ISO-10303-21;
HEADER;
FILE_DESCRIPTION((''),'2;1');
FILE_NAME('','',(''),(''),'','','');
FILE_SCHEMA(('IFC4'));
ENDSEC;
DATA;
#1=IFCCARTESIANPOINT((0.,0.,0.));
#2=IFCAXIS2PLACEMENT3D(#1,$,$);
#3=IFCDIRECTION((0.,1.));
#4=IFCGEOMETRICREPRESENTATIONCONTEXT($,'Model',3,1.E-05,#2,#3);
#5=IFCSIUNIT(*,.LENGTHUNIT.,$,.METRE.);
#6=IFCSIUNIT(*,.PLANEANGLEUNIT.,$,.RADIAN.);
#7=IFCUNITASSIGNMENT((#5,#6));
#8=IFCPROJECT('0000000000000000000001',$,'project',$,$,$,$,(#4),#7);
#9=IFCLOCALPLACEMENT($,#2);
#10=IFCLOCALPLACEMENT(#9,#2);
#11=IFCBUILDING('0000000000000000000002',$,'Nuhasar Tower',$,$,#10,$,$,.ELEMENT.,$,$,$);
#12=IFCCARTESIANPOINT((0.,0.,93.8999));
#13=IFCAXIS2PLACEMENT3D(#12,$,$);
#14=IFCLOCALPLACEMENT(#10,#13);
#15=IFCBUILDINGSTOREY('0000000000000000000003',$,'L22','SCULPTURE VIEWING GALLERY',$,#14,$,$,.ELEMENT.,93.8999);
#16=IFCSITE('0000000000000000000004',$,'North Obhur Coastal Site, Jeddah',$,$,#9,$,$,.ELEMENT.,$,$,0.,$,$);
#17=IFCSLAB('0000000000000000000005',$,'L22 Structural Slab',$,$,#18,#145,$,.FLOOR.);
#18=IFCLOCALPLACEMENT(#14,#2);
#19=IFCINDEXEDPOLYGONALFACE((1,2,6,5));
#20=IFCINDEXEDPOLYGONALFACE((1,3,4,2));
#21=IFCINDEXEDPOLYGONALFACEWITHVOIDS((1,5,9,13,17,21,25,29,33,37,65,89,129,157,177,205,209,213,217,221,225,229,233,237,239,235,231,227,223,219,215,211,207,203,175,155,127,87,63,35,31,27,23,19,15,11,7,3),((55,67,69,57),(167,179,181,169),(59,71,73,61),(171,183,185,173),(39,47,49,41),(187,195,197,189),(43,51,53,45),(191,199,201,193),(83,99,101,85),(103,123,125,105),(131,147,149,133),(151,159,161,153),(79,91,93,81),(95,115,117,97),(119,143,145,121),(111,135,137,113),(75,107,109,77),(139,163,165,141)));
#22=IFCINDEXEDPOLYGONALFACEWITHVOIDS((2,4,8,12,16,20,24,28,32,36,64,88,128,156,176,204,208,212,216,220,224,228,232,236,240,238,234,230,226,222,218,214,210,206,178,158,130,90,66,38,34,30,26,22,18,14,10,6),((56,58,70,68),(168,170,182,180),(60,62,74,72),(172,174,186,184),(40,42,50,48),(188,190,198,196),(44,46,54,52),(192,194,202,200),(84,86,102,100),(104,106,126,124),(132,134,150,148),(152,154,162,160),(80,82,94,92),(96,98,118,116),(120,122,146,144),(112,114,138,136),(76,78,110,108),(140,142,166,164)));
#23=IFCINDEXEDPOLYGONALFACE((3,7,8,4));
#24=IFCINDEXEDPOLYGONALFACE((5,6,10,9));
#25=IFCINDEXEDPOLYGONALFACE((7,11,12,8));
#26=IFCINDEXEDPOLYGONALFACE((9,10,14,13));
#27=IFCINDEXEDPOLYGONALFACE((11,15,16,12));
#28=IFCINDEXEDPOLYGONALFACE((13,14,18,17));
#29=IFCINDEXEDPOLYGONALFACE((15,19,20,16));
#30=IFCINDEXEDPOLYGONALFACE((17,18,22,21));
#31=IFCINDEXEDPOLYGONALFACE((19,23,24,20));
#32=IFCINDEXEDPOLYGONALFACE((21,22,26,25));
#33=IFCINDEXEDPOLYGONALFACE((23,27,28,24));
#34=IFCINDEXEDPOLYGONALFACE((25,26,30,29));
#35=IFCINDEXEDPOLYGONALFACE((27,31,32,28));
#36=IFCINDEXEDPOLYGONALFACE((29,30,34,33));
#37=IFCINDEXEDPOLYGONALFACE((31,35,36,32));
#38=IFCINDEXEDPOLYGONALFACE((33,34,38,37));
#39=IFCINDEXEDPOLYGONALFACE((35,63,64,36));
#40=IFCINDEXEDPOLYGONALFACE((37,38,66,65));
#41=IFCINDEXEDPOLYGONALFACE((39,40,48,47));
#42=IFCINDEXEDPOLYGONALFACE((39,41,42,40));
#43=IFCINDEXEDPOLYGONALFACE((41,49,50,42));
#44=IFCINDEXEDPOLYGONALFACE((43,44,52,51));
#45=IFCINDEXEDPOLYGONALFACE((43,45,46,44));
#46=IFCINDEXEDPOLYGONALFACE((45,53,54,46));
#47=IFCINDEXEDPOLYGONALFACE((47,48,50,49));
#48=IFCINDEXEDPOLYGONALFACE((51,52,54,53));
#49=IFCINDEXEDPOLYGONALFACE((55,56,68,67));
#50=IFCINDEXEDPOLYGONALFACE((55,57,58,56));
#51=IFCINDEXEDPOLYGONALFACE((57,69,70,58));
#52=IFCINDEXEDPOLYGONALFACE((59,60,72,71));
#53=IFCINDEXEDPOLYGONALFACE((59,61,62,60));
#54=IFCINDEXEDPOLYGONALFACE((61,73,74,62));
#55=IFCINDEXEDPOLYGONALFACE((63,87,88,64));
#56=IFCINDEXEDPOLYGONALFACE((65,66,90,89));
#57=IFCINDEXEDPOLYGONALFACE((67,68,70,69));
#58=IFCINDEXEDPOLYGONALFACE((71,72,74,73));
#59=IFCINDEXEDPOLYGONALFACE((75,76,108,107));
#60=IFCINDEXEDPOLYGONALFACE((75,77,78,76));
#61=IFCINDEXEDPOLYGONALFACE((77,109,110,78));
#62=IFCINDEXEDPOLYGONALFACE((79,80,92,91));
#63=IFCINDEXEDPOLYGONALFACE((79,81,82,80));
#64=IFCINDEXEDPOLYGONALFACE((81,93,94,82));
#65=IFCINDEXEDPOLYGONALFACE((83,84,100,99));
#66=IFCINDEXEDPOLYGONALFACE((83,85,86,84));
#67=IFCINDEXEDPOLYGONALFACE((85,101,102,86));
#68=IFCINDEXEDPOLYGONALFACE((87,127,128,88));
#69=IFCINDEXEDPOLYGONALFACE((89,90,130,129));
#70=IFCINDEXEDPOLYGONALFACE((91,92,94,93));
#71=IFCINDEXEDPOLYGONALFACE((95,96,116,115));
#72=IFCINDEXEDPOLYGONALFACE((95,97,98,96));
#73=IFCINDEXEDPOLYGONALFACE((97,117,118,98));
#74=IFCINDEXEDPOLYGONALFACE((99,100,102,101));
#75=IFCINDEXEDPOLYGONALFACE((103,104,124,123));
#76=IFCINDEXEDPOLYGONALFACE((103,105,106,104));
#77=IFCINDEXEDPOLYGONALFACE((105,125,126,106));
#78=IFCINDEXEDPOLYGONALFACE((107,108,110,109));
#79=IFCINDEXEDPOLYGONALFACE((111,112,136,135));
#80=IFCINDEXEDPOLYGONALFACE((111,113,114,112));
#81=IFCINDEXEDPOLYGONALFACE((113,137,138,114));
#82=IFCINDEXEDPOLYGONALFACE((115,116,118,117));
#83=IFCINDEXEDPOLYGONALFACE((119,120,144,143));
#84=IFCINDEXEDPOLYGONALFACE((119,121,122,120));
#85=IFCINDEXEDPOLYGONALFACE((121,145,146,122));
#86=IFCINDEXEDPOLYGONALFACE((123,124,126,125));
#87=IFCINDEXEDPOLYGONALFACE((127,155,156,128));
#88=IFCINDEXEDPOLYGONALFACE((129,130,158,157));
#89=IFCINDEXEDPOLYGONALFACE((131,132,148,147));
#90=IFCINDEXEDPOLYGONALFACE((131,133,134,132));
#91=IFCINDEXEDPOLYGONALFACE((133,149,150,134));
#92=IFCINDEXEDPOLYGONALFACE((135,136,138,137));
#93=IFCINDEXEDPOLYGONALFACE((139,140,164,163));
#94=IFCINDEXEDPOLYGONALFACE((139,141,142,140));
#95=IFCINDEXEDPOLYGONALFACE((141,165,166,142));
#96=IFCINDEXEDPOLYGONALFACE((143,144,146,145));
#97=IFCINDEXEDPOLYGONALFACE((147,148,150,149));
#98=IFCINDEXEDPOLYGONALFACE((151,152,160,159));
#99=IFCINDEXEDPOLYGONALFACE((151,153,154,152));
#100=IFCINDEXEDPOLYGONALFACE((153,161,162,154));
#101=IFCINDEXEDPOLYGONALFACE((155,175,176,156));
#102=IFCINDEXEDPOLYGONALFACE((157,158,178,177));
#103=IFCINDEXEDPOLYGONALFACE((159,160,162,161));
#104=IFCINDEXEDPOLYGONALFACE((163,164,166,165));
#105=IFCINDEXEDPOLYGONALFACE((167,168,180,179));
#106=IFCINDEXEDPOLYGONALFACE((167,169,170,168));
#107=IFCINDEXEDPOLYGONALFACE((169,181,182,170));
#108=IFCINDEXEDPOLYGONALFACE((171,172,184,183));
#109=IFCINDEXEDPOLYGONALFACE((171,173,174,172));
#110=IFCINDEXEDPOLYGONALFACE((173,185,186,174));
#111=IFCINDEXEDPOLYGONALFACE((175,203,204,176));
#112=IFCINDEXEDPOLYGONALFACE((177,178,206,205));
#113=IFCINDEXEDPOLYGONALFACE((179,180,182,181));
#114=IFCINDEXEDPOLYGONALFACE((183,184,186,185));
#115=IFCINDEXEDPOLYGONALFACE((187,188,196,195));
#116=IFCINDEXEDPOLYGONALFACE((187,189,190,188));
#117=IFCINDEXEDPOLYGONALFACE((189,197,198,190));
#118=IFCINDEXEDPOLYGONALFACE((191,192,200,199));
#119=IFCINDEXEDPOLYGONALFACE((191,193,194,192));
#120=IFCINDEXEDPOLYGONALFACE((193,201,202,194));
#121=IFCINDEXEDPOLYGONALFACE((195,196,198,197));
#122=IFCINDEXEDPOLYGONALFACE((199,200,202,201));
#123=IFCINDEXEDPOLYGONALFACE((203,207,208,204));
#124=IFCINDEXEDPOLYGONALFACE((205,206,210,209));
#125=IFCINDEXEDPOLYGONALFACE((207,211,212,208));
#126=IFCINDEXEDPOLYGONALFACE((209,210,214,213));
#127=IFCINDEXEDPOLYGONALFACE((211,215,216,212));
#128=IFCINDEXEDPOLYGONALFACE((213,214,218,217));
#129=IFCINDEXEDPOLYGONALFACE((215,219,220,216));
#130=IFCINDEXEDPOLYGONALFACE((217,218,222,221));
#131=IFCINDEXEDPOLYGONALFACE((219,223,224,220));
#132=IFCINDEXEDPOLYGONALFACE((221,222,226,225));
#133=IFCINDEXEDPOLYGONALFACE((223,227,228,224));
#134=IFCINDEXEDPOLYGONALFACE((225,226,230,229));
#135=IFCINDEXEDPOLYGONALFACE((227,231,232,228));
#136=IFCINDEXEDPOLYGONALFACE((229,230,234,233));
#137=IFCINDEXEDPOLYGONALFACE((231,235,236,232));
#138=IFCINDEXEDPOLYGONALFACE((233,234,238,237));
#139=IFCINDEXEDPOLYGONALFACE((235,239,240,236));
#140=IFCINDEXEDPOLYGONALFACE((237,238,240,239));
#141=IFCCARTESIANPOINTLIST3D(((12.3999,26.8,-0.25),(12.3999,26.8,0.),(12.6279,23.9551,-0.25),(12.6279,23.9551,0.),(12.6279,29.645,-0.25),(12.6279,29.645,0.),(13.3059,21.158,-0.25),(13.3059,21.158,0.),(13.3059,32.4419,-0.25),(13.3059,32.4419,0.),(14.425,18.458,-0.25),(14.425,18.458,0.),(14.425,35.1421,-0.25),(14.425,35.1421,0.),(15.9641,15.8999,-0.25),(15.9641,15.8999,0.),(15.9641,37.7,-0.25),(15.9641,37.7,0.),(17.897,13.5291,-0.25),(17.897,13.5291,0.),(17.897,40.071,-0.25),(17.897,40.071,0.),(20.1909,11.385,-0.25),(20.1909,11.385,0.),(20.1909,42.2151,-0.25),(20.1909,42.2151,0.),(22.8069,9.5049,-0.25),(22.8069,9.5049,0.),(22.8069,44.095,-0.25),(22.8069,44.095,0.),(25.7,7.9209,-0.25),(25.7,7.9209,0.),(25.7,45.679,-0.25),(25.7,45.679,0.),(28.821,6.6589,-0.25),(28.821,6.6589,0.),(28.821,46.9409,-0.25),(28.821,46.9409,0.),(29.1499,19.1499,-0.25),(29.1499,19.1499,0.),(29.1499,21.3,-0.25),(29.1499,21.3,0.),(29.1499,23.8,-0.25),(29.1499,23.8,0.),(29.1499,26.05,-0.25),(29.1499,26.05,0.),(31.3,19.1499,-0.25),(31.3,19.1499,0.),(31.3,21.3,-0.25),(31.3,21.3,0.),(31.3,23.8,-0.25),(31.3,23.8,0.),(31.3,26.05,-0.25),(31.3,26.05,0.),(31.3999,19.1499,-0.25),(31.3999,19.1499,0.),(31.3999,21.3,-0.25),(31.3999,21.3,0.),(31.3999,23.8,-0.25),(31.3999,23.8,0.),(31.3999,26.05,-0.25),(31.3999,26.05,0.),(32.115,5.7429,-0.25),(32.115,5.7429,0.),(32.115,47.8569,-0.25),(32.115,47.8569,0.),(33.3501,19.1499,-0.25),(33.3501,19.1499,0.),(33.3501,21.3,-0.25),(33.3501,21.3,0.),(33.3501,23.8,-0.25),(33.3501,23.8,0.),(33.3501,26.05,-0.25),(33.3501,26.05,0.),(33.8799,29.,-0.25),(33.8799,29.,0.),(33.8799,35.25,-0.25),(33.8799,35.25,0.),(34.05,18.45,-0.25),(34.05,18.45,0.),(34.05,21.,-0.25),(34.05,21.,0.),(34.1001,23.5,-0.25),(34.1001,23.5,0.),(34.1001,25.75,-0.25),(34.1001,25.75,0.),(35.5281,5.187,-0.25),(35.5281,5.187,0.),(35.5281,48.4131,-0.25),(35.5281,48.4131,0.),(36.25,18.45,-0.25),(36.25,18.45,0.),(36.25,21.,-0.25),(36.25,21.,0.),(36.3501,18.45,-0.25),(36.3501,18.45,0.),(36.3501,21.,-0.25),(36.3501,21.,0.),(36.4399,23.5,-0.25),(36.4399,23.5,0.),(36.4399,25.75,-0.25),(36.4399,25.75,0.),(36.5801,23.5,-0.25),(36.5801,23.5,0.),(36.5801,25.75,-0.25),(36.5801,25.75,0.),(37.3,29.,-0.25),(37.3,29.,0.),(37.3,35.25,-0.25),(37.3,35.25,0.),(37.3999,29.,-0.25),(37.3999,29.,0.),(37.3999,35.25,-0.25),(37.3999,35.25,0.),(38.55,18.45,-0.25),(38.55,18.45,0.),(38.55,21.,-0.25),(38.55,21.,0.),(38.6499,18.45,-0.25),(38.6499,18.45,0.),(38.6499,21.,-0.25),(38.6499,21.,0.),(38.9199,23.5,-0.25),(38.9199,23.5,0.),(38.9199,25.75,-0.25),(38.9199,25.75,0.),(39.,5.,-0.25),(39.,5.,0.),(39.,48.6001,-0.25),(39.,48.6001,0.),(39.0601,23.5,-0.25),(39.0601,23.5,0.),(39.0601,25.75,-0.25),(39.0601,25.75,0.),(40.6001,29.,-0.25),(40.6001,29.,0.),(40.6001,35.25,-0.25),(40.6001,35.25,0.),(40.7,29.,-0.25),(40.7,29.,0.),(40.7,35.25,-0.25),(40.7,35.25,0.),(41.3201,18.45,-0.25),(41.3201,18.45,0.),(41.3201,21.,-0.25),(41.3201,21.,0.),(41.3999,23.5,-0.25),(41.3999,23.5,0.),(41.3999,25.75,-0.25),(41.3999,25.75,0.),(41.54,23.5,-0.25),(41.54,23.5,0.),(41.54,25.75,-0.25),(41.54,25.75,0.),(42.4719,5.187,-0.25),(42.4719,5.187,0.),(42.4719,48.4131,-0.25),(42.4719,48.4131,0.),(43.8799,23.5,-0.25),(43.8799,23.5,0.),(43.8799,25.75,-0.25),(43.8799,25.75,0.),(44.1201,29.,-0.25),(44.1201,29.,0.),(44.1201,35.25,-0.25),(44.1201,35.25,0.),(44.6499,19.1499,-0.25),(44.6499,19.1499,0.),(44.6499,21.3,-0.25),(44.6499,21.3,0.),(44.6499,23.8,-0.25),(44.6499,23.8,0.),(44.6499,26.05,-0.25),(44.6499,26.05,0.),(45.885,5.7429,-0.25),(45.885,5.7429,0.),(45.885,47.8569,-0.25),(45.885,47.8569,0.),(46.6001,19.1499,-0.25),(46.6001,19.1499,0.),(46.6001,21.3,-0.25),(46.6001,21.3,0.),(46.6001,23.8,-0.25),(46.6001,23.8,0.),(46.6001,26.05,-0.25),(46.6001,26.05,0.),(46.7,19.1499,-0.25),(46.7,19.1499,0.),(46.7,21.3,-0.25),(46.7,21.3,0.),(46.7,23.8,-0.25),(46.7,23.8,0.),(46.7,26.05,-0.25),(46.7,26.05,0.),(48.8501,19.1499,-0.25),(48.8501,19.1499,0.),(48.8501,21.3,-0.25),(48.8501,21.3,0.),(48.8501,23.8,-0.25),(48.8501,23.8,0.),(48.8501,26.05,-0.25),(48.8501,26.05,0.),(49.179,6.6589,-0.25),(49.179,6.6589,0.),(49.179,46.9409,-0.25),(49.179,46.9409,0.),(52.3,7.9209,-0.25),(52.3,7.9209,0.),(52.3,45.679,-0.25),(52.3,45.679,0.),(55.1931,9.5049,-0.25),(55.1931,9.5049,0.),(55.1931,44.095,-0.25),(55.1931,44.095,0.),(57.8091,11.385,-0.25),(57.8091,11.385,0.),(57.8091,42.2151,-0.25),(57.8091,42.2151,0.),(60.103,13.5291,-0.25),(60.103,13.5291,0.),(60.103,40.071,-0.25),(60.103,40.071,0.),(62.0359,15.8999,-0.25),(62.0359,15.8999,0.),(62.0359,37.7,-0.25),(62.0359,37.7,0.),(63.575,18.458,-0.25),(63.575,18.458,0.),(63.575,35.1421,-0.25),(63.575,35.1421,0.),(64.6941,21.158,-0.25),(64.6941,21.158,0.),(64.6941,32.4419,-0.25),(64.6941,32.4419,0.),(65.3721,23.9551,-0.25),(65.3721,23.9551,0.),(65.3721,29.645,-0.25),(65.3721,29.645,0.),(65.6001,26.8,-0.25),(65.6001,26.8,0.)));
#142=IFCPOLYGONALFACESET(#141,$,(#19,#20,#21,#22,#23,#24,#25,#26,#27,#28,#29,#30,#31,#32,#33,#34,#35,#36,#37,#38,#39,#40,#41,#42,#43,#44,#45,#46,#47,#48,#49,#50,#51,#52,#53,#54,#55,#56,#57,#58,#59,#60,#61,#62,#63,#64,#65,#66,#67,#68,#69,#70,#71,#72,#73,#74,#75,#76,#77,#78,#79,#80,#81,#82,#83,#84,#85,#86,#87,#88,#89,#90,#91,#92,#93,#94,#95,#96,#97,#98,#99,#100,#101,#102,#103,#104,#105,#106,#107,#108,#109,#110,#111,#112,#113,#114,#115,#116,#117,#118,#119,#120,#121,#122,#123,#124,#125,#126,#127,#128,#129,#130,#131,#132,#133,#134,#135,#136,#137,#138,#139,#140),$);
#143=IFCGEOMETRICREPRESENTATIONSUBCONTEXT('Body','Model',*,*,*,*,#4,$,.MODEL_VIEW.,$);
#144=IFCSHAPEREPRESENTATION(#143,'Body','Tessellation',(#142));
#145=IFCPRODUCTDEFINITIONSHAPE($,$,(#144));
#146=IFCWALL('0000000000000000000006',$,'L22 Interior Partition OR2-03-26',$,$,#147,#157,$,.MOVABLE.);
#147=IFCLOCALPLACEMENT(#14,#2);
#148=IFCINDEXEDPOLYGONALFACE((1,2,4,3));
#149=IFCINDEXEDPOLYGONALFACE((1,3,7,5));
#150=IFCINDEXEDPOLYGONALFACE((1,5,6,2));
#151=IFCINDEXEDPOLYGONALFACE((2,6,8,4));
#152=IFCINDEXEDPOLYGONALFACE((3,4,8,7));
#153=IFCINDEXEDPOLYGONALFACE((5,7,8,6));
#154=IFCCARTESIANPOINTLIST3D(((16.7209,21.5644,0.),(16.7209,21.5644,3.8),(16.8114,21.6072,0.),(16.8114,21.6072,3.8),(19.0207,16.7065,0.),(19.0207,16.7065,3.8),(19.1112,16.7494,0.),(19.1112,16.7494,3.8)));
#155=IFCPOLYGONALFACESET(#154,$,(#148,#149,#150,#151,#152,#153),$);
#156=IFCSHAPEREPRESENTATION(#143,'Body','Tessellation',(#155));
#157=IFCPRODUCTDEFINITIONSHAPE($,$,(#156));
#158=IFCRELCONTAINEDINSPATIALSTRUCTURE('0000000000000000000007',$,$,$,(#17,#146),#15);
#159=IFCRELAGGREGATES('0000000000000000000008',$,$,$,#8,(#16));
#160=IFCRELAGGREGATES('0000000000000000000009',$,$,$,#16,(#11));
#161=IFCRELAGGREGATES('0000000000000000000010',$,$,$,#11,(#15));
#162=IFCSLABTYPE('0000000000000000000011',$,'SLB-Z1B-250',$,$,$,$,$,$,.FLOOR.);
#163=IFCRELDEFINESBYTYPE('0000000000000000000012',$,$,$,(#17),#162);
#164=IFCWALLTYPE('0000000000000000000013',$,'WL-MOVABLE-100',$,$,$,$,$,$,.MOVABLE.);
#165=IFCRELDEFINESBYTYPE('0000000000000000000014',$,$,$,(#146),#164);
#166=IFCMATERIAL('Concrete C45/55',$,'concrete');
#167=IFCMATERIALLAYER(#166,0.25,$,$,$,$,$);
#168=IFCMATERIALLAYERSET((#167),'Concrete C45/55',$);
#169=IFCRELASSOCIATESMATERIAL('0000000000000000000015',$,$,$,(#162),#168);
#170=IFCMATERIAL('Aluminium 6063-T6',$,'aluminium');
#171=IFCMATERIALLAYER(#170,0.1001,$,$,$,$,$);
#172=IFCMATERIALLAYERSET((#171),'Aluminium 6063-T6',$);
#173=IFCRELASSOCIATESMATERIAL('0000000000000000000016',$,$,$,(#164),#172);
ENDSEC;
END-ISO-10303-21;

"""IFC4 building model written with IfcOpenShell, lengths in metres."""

from ifc_helpers import new_model, si_unit, direction, frame, frame_2d, origin, place, context, subcontext, project, spatial, polyline, rectangle, outline, extrude, material, layer, layer_set, type_object, element, save


model = new_model("IFC4")

# Units and contexts
model_context = context("Model", 3, precision=1e-05, world=origin(), true_north=direction((0.0, 1.0)))
body_context = subcontext(model_context, "Body", "Model", "MODEL_VIEW")
ifc_project = project(units=[si_unit("LENGTHUNIT", "METRE"), si_unit("PLANEANGLEUNIT", "RADIAN")], contexts=[model_context])

# Site, building, storey
site_placement = place(None, origin())
site = spatial("IfcSite", under=ifc_project, at=site_placement, Name="North Obhur Coastal Site, Jeddah", CompositionType="ELEMENT", RefElevation=0.0)
building_placement = place(site_placement, origin())
building = spatial("IfcBuilding", under=site, at=building_placement, Name="Nuhasar Tower", CompositionType="ELEMENT")
storey_placement = place(building_placement, frame((0.0, 0.0, 93.8999)))
storey = spatial("IfcBuildingStorey", under=building, at=storey_placement, Name="L22", Description="SCULPTURE VIEWING GALLERY", CompositionType="ELEMENT", Elevation=93.8999)

# Shared definitions
ifc_material_1 = material(Name="Aluminium 6063-T6", Category="aluminium")

# Shared definitions
ifc_material_2 = material(Name="Concrete C45/55", Category="concrete")

# Slab
ifc_layer_1 = layer(ifc_material_2, 0.25)
ifc_layer_set_1 = layer_set([ifc_layer_1], Name="Concrete C45/55")
slab_type_1 = type_object("IfcSlabType", Name="SLB-Z1B-250", PredefinedType="FLOOR", material=ifc_layer_set_1)
slab_1_placement = place(storey_placement, frame((0.0, 0.0, -0.25)))
element("IfcSlab", 1, at=slab_1_placement, inside=storey, type_object=slab_type_1, Name="L22 Structural Slab", PredefinedType="FLOOR", context=body_context, shape_type="SweptSolid", body=[
    extrude(outline(polyline([(65.6001, 26.8), (65.3721, 29.645), (64.6941, 32.4419), (63.575, 35.1421), (62.0359, 37.7), (60.103, 40.071), (57.8091, 42.2151), (55.1931, 44.095), (52.3, 45.679), (49.179, 46.9409), (45.885, 47.8569), (42.4719, 48.4131), (39.0, 48.6001), (35.5281, 48.4131), (32.115, 47.8569), (28.821, 46.9409), (25.7, 45.679), (22.8069, 44.095), (20.1909, 42.2151), (17.897, 40.071), (15.9641, 37.7), (14.425, 35.1421), (13.3059, 32.4419), (12.6279, 29.645), (12.3999, 26.8), (12.6279, 23.9551), (13.3059, 21.158), (14.425, 18.458), (15.9641, 15.8999), (17.897, 13.5291), (20.1909, 11.385), (22.8069, 9.5049), (25.7, 7.9209), (28.821, 6.6589), (32.115, 5.7429), (35.5281, 5.187), (39.0, 5.0), (42.4719, 5.187), (45.885, 5.7429), (49.179, 6.6589), (52.3, 7.9209), (55.1931, 9.5049), (57.8091, 11.385), (60.103, 13.5291), (62.0359, 15.8999), (63.575, 18.458), (64.6941, 21.158), (65.3721, 23.9551), (65.6001, 26.8)]), holes=[polyline([(33.8799, 35.25), (37.3, 35.25), (37.3, 29.0), (33.8799, 29.0), (33.8799, 35.25)]), polyline([(37.3999, 35.25), (40.6001, 35.25), (40.6001, 29.0), (37.3999, 29.0), (37.3999, 35.25)]), polyline([(40.7, 35.25), (44.1201, 35.25), (44.1201, 29.0), (40.7, 29.0), (40.7, 35.25)]), polyline([(29.1499, 26.05), (31.3, 26.05), (31.3, 23.8), (29.1499, 23.8), (29.1499, 26.05)]), polyline([(31.3999, 26.05), (33.3501, 26.05), (33.3501, 23.8), (31.3999, 23.8), (31.3999, 26.05)]), polyline([(29.1499, 21.3), (31.3, 21.3), (31.3, 19.1499), (29.1499, 19.1499), (29.1499, 21.3)]), polyline([(31.3999, 21.3), (33.3501, 21.3), (33.3501, 19.1499), (31.3999, 19.1499), (31.3999, 21.3)]), polyline([(44.6499, 26.05), (46.6001, 26.05), (46.6001, 23.8), (44.6499, 23.8), (44.6499, 26.05)]), polyline([(46.7, 26.05), (48.8501, 26.05), (48.8501, 23.8), (46.7, 23.8), (46.7, 26.05)]), polyline([(44.6499, 21.3), (46.6001, 21.3), (46.6001, 19.1499), (44.6499, 19.1499), (44.6499, 21.3)]), polyline([(46.7, 21.3), (48.8501, 21.3), (48.8501, 19.1499), (46.7, 19.1499), (46.7, 21.3)]), polyline([(34.1001, 25.75), (36.4399, 25.75), (36.4399, 23.5), (34.1001, 23.5), (34.1001, 25.75)]), polyline([(36.5801, 25.75), (38.9199, 25.75), (38.9199, 23.5), (36.5801, 23.5), (36.5801, 25.75)]), polyline([(39.0601, 25.75), (41.3999, 25.75), (41.3999, 23.5), (39.0601, 23.5), (39.0601, 25.75)]), polyline([(41.54, 25.75), (43.8799, 25.75), (43.8799, 23.5), (41.54, 23.5), (41.54, 25.75)]), polyline([(34.05, 21.0), (36.25, 21.0), (36.25, 18.45), (34.05, 18.45), (34.05, 21.0)]), polyline([(36.3501, 21.0), (38.55, 21.0), (38.55, 18.45), (36.3501, 18.45), (36.3501, 21.0)]), polyline([(38.6499, 21.0), (41.3201, 21.0), (41.3201, 18.45), (38.6499, 18.45), (38.6499, 21.0)])]), origin(), (0.0, 0.0, 1.0), 0.25),
])

# Wall
ifc_layer_2 = layer(ifc_material_1, 0.1001)
ifc_layer_set_2 = layer_set([ifc_layer_2], Name="Aluminium 6063-T6")
wall_type_1 = type_object("IfcWallType", Name="WL-MOVABLE-100", PredefinedType="MOVABLE", material=ifc_layer_set_2)
wall_1_placement = place(storey_placement, frame((16.7661, 21.5859, 0.0), z_axis=(0.0, 0.0, 1.0), x_axis=(0.427887, -0.903832, 0.0)))
element("IfcWall", 2, at=wall_1_placement, inside=storey, type_object=wall_type_1, Name="L22 Interior Partition OR2-03-26", PredefinedType="MOVABLE", context=body_context, shape_type="SweptSolid", body=[
    extrude(rectangle(XDim=5.3748, YDim=0.1001, at=frame_2d((2.6875, 0.0))), origin(), (0.0, 0.0, 1.0), 3.8),
])

save(model, "model.ifc")
